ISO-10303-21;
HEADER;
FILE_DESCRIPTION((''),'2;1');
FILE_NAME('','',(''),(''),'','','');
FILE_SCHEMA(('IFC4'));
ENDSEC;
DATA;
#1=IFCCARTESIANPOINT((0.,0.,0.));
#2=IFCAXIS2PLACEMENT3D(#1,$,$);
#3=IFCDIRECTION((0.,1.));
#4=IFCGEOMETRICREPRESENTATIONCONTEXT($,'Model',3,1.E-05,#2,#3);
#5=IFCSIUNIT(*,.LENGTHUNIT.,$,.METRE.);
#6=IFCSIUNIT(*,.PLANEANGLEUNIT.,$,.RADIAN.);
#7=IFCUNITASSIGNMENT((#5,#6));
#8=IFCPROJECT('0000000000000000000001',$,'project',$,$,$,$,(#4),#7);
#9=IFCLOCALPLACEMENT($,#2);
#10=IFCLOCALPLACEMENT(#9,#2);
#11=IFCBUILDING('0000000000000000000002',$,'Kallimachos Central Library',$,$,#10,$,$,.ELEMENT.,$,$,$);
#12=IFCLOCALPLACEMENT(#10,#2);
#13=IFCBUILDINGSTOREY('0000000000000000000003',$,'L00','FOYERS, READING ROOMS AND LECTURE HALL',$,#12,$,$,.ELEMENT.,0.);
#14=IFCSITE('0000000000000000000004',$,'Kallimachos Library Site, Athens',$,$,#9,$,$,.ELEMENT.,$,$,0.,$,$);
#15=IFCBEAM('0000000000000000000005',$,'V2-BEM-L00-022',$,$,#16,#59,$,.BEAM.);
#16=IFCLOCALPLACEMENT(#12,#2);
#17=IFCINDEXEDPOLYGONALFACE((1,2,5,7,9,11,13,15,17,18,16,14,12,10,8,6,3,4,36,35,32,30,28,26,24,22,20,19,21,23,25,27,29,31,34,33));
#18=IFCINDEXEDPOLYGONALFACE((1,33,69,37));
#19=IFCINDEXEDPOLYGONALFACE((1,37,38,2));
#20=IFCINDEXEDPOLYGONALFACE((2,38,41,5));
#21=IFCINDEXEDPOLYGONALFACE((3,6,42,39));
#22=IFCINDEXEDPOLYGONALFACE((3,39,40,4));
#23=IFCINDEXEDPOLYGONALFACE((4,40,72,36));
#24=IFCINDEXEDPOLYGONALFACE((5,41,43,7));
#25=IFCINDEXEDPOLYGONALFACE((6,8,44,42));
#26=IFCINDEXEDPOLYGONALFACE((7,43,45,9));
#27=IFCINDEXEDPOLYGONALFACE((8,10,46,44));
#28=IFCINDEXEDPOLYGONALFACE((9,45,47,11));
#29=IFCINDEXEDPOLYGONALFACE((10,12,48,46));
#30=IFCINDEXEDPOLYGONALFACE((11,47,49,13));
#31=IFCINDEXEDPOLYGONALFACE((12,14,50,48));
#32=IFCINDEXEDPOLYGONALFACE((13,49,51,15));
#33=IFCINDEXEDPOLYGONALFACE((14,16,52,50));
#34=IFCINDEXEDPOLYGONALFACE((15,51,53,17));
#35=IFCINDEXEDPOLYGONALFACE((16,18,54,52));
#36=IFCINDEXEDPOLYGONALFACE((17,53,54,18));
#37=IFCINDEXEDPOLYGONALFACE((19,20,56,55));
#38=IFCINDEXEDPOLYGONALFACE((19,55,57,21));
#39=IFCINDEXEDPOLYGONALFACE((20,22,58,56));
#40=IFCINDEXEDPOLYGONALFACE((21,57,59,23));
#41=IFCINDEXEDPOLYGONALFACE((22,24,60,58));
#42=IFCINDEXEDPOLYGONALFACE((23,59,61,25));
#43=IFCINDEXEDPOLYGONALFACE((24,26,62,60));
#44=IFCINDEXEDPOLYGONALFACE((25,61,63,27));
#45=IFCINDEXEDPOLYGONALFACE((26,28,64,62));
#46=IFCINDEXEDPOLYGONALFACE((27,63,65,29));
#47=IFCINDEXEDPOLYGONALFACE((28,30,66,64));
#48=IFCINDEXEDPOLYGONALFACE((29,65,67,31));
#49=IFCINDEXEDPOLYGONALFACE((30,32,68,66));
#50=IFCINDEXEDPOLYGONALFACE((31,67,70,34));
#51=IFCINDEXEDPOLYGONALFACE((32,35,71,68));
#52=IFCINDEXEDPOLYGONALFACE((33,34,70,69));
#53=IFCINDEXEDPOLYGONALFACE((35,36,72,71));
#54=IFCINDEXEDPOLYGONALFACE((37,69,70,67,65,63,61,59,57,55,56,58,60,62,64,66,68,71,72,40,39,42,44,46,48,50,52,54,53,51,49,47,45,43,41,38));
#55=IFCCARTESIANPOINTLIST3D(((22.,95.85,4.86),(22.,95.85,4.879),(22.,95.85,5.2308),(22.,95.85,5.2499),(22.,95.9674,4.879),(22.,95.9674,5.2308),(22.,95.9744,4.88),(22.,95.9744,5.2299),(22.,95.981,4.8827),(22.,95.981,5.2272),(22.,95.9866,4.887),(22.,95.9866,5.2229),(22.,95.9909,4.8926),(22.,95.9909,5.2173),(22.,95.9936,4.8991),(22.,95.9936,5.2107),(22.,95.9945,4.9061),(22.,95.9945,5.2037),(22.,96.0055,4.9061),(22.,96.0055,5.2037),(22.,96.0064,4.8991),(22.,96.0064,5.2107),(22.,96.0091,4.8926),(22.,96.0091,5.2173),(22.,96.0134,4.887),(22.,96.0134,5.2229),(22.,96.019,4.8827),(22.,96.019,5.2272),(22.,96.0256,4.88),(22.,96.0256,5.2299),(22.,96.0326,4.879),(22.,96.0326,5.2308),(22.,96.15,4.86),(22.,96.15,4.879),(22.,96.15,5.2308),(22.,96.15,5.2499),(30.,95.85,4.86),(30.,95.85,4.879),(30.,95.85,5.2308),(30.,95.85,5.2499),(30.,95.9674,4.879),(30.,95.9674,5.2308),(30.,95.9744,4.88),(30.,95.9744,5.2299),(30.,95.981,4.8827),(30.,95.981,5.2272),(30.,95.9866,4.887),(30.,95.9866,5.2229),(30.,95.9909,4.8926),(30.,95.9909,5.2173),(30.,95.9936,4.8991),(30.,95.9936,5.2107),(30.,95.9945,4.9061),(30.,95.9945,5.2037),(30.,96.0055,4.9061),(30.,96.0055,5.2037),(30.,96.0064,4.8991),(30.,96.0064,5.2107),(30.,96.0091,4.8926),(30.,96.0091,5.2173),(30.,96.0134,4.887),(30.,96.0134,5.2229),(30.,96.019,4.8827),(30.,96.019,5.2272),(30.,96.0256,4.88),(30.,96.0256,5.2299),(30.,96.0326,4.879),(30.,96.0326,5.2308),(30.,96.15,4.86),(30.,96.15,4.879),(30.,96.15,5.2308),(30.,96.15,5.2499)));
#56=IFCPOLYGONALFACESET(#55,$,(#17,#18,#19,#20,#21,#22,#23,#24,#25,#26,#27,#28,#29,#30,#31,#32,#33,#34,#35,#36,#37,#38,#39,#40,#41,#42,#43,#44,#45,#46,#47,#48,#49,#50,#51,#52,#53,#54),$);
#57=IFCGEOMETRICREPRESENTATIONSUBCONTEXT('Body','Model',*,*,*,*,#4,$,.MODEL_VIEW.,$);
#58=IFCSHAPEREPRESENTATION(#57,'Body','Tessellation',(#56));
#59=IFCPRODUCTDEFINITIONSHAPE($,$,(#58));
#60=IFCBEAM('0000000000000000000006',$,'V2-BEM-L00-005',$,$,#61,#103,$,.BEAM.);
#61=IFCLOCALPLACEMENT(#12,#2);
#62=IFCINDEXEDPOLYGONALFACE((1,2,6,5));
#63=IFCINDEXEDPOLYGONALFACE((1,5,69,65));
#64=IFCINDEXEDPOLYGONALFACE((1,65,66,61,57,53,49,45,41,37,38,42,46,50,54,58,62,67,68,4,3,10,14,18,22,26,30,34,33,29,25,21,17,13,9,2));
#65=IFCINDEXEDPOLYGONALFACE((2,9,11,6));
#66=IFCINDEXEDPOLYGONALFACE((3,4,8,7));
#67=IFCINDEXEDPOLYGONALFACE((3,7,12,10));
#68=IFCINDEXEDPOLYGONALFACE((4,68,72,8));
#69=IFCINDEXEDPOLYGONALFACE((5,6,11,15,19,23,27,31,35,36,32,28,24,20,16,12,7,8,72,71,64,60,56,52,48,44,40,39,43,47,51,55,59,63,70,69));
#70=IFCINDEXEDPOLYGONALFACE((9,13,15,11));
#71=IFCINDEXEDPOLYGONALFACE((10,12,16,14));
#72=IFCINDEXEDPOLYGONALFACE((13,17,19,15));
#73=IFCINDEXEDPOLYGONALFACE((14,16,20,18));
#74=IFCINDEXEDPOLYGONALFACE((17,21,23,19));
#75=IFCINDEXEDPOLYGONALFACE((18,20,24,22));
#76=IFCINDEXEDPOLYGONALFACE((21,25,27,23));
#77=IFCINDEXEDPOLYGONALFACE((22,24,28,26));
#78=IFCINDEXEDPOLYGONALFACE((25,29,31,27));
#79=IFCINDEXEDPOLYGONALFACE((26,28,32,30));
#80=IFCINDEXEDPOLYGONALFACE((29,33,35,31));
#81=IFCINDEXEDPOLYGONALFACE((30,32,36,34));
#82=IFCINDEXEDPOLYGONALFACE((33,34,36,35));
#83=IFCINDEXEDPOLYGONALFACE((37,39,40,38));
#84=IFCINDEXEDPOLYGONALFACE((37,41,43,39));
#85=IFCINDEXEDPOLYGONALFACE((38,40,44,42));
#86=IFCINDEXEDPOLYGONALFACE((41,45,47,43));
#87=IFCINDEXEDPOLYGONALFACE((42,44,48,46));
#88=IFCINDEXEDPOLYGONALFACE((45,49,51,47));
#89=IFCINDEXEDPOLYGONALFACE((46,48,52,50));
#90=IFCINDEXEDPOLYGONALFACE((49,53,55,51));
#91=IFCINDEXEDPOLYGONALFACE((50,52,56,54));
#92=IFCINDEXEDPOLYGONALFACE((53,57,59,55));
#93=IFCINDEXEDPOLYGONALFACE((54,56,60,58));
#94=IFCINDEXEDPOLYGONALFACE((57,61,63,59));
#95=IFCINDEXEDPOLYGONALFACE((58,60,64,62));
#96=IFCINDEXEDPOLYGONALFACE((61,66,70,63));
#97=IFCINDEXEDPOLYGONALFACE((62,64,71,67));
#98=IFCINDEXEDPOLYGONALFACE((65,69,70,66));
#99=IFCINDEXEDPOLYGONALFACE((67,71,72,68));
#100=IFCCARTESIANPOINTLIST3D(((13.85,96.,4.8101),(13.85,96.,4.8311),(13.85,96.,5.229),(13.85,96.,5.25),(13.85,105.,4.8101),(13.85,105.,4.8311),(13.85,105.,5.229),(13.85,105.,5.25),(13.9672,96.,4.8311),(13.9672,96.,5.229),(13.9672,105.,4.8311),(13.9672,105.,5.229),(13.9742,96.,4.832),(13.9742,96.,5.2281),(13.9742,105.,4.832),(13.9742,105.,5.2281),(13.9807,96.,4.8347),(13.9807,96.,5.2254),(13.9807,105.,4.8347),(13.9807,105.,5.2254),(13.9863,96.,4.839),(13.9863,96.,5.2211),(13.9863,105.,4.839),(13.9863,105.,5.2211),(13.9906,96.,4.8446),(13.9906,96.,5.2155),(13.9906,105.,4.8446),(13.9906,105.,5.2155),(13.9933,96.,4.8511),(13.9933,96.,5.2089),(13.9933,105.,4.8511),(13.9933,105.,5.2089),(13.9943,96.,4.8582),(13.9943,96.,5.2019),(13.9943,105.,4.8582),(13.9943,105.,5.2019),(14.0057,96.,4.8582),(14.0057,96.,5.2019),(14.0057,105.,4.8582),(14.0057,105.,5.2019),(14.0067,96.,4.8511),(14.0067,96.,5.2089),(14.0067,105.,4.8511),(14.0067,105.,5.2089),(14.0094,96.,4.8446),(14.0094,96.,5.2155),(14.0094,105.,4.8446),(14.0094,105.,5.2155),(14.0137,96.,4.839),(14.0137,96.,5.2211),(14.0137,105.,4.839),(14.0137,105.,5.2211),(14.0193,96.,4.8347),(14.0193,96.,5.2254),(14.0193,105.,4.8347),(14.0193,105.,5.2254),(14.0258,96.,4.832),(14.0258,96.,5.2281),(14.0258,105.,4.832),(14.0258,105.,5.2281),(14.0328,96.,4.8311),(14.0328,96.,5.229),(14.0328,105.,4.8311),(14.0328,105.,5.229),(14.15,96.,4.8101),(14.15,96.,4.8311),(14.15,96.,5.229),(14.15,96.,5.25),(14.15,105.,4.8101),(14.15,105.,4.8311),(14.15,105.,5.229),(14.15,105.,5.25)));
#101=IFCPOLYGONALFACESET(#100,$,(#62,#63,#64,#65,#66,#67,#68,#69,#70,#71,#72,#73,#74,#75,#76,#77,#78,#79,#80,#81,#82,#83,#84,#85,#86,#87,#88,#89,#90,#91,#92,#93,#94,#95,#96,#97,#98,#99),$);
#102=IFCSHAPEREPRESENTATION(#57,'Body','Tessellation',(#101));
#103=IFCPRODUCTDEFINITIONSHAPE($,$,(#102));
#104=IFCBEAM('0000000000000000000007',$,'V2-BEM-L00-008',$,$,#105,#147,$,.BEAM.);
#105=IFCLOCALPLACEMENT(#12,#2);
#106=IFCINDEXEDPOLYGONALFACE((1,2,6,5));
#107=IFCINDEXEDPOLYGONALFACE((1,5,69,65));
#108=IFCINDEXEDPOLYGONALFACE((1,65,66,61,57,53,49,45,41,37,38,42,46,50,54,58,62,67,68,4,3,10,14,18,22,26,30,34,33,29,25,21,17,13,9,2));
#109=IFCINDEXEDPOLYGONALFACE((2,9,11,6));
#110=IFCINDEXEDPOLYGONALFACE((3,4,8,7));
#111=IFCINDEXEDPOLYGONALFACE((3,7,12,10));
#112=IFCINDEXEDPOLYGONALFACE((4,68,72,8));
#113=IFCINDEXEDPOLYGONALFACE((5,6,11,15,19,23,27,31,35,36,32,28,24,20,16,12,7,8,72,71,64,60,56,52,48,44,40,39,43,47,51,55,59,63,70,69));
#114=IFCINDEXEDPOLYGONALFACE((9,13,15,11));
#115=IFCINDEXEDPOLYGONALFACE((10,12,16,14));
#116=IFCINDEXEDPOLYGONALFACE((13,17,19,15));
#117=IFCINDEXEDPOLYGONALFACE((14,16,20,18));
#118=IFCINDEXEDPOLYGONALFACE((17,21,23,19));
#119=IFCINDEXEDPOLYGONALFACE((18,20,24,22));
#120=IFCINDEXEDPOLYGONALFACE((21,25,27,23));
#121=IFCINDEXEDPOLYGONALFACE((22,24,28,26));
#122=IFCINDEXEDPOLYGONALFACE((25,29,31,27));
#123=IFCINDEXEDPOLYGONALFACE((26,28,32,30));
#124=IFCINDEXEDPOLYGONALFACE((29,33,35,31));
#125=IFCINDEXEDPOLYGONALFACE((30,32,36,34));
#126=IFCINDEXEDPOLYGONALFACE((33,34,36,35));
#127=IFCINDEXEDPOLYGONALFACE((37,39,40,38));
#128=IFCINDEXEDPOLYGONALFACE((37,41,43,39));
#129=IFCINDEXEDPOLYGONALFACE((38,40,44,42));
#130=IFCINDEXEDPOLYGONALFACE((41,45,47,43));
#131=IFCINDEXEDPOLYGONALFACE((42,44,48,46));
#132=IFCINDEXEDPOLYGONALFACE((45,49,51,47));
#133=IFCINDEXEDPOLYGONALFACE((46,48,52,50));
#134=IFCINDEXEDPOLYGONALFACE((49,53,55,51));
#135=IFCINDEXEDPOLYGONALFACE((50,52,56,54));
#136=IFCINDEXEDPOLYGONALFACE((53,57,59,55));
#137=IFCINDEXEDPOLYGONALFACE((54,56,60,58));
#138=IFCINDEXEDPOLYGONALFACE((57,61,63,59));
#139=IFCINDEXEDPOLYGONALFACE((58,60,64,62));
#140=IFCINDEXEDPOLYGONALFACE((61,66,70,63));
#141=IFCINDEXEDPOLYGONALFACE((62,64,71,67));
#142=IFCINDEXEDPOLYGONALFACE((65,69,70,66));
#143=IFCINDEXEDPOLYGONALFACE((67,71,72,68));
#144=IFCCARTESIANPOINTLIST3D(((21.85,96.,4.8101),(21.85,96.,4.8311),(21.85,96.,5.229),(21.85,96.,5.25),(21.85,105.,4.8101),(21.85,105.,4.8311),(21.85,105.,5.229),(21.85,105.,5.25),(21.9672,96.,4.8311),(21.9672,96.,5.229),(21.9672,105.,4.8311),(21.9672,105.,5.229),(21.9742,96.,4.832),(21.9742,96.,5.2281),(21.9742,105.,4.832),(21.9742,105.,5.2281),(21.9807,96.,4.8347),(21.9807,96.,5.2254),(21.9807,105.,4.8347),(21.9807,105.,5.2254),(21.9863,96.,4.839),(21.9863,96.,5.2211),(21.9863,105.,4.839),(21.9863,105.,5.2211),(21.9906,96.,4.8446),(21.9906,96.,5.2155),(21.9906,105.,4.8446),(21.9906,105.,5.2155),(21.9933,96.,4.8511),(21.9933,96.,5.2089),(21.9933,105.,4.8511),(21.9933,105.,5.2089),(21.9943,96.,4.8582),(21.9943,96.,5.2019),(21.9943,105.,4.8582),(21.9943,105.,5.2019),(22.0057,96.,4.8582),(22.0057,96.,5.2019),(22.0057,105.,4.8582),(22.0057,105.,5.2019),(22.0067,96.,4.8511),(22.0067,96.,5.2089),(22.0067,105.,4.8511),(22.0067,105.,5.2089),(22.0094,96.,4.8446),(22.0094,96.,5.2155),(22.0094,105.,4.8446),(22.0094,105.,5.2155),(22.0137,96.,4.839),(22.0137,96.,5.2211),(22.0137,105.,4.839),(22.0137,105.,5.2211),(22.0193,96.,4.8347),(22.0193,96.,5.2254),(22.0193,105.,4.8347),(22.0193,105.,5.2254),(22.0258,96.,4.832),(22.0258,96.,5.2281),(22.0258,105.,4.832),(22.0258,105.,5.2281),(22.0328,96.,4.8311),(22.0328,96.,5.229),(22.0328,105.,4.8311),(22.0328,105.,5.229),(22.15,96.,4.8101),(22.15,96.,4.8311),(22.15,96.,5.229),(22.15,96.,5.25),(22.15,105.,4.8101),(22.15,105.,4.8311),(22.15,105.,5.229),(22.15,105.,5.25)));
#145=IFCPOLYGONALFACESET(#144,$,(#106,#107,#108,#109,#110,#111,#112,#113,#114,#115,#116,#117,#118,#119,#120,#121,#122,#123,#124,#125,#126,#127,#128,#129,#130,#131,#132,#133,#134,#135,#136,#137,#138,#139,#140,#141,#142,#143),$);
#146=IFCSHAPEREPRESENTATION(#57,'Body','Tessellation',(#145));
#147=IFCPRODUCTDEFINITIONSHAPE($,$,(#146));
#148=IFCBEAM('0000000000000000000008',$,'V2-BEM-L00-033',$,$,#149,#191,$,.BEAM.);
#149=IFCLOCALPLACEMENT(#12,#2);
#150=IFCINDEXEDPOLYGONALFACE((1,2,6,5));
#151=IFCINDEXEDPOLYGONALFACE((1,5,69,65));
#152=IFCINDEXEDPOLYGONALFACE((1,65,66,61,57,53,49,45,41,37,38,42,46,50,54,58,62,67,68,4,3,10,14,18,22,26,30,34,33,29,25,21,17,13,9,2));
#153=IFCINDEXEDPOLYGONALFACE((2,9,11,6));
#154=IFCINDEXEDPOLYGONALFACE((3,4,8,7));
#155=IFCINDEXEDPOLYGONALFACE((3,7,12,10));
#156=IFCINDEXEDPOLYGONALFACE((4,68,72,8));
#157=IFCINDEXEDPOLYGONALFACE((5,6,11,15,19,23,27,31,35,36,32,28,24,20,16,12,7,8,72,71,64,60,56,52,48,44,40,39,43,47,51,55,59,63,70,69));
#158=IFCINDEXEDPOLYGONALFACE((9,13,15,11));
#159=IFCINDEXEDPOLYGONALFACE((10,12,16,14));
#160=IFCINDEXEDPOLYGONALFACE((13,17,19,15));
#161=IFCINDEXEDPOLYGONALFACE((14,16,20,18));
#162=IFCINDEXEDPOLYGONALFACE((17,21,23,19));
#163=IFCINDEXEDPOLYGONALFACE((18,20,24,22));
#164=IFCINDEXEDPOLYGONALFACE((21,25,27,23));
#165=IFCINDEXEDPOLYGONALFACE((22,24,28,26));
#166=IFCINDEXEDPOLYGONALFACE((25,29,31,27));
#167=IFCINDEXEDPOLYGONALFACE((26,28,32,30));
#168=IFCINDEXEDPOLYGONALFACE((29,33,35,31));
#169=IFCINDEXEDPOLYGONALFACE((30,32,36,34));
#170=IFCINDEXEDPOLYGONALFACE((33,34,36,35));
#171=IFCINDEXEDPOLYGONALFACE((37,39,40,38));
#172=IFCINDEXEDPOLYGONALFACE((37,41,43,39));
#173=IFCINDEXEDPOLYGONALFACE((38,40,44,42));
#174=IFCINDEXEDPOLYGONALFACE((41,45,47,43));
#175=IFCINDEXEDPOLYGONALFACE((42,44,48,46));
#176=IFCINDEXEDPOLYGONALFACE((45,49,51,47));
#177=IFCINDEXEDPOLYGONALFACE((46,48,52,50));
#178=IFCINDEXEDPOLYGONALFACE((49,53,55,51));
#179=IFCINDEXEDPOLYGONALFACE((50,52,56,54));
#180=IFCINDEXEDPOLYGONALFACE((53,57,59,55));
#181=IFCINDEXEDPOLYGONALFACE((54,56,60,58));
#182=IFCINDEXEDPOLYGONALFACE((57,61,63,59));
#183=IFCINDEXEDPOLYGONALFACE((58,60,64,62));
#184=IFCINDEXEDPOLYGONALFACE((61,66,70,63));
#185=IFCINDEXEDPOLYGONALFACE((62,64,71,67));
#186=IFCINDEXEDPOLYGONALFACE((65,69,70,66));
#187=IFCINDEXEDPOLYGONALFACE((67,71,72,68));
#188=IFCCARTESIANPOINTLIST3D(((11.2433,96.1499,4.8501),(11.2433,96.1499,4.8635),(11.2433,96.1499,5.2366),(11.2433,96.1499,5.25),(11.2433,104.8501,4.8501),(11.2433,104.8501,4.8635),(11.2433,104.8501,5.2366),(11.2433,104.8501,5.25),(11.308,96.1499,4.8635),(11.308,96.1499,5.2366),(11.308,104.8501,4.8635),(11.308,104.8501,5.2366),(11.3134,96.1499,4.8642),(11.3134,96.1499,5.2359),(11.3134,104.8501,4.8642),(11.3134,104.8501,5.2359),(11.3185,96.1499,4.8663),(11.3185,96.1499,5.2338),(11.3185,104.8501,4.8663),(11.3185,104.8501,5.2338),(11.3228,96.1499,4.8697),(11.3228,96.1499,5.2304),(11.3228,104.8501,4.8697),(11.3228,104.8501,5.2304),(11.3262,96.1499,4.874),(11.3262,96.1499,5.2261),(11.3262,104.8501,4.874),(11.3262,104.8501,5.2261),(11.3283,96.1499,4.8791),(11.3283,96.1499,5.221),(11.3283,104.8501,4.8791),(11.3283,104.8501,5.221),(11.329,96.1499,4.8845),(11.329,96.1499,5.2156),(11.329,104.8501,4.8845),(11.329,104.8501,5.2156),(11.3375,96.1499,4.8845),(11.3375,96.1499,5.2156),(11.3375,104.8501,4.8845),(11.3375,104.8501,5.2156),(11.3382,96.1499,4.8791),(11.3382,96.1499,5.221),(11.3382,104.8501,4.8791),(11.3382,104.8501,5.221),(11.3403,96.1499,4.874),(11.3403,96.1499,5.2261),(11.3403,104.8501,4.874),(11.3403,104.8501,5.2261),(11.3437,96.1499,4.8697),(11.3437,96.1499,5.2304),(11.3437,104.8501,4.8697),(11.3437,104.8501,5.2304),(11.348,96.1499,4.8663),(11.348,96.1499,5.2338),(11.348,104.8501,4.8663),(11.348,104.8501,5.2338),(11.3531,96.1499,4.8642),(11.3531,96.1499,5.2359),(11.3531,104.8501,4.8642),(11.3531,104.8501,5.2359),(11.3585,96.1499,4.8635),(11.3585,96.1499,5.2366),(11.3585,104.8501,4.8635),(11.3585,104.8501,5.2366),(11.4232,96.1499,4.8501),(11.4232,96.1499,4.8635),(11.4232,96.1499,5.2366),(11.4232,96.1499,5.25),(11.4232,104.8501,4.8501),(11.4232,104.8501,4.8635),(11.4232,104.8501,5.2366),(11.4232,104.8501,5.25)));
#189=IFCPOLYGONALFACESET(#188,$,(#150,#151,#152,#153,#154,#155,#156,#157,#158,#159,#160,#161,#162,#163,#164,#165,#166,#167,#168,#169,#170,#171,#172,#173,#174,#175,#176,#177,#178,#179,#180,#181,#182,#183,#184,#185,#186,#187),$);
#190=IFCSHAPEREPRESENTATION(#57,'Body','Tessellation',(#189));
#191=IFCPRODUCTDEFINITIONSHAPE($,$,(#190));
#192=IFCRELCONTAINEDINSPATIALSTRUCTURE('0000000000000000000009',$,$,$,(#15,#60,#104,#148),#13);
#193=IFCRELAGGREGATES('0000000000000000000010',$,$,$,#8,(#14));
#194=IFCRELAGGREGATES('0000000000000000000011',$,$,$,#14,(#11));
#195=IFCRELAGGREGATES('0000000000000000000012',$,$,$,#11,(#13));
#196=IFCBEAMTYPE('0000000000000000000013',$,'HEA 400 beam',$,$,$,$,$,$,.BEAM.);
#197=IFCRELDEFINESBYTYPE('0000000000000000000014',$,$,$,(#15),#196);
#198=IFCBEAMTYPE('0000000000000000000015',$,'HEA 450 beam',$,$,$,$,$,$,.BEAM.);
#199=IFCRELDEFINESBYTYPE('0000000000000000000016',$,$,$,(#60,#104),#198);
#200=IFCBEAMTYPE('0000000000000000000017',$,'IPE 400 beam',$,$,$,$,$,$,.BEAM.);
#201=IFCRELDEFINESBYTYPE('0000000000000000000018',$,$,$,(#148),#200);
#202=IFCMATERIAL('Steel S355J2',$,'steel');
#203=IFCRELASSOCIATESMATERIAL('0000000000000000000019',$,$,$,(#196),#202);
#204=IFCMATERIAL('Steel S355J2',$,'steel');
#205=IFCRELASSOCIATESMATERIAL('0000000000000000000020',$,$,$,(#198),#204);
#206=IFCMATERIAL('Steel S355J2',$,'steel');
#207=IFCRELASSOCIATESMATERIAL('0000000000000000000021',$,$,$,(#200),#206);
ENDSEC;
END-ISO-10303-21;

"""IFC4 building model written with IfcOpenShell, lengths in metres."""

from ifc_helpers import new_model, si_unit, direction, frame, origin, origin_2d, place, context, subcontext, project, spatial, i_section, extrude, material, material_profile, profile_set, type_object, element, save


model = new_model("IFC4")

# Units and contexts
model_context = context("Model", 3, precision=1e-05, world=origin(), true_north=direction((0.0, 1.0)))
body_context = subcontext(model_context, "Body", "Model", "MODEL_VIEW")
ifc_project = project(units=[si_unit("LENGTHUNIT", "METRE"), si_unit("PLANEANGLEUNIT", "RADIAN")], contexts=[model_context])

# Site, building, storey
site_placement = place(None, origin())
site = spatial("IfcSite", under=ifc_project, at=site_placement, Name="Kallimachos Library Site, Athens", CompositionType="ELEMENT", RefElevation=0.0)
building_placement = place(site_placement, origin())
building = spatial("IfcBuilding", under=site, at=building_placement, Name="Kallimachos Central Library", CompositionType="ELEMENT")
storey_placement = place(building_placement, origin())
storey = spatial("IfcBuildingStorey", under=building, at=storey_placement, Name="L00", Description="FOYERS, READING ROOMS AND LECTURE HALL", CompositionType="ELEMENT", Elevation=0.0)

# Beams
ifc_material_1 = material(Name="Steel S355J2", Category="steel")
ifc_material_profile_1 = material_profile(ifc_material_1, i_section(OverallWidth=0.3, OverallDepth=0.3899, WebThickness=0.011, FlangeThickness=0.019, FilletRadius=0.0271, at=origin_2d()), Name="HEA 400")
ifc_profile_set_1 = profile_set([ifc_material_profile_1], Name="Steel S355J2")
beam_type_1 = type_object("IfcBeamType", Name="HEA 400 beam", PredefinedType="BEAM", material=ifc_profile_set_1)
for number, where, z_axis, x_axis, name in (
    (1, (22.0, 96.0, 5.0549), (1.0, 0.0, 0.0), (0.0, 1.0, 0.0), "V2-BEM-L00-022"),
):
    element("IfcBeam", number, at=place(storey_placement, frame(where, z_axis=z_axis, x_axis=x_axis)), inside=storey, type_object=beam_type_1, Name=name, PredefinedType="BEAM", context=body_context, shape_type="SweptSolid", body=[
        extrude(i_section(OverallWidth=0.3, OverallDepth=0.3899, WebThickness=0.011, FlangeThickness=0.019, FilletRadius=0.0271, at=origin_2d()), origin(), (0.0, 0.0, 1.0), 8.0),
    ])
ifc_material_2 = material(Name="Steel S355J2", Category="steel")
ifc_material_profile_2 = material_profile(ifc_material_2, i_section(OverallWidth=0.3, OverallDepth=0.4399, WebThickness=0.0115, FlangeThickness=0.021, FilletRadius=0.0271, at=origin_2d()), Name="HEA 450")
ifc_profile_set_2 = profile_set([ifc_material_profile_2], Name="Steel S355J2")
beam_type_2 = type_object("IfcBeamType", Name="HEA 450 beam", PredefinedType="BEAM", material=ifc_profile_set_2)
for number, where, z_axis, x_axis, name in (
    (2, (14.0, 96.0, 5.03), (0.0, 1.0, 0.0), (-1.0, 0.0, 0.0), "V2-BEM-L00-005"),
    (3, (22.0, 96.0, 5.03), (0.0, 1.0, 0.0), (-1.0, 0.0, 0.0), "V2-BEM-L00-008"),
):
    element("IfcBeam", number, at=place(storey_placement, frame(where, z_axis=z_axis, x_axis=x_axis)), inside=storey, type_object=beam_type_2, Name=name, PredefinedType="BEAM", context=body_context, shape_type="SweptSolid", body=[
        extrude(i_section(OverallWidth=0.3, OverallDepth=0.4399, WebThickness=0.0115, FlangeThickness=0.021, FilletRadius=0.0271, at=origin_2d()), origin(), (0.0, 0.0, 1.0), 9.0),
    ])
ifc_material_3 = material(Name="Steel S355J2", Category="steel")
ifc_material_profile_3 = material_profile(ifc_material_3, i_section(OverallWidth=0.1799, OverallDepth=0.3999, WebThickness=0.0085, FlangeThickness=0.0134, FilletRadius=0.021, at=origin_2d()), Name="IPE 400")
ifc_profile_set_3 = profile_set([ifc_material_profile_3], Name="Steel S355J2")
beam_type_3 = type_object("IfcBeamType", Name="IPE 400 beam", PredefinedType="BEAM", material=ifc_profile_set_3)
for number, where, z_axis, x_axis, name in (
    (4, (11.3333, 96.1499, 5.05), (0.0, 1.0, 0.0), (-1.0, 0.0, 0.0), "V2-BEM-L00-033"),
):
    element("IfcBeam", number, at=place(storey_placement, frame(where, z_axis=z_axis, x_axis=x_axis)), inside=storey, type_object=beam_type_3, Name=name, PredefinedType="BEAM", context=body_context, shape_type="SweptSolid", body=[
        extrude(i_section(OverallWidth=0.1799, OverallDepth=0.3999, WebThickness=0.0085, FlangeThickness=0.0134, FilletRadius=0.021, at=origin_2d()), origin(), (0.0, 0.0, 1.0), 8.7002),
    ])

save(model, "model.ifc")
